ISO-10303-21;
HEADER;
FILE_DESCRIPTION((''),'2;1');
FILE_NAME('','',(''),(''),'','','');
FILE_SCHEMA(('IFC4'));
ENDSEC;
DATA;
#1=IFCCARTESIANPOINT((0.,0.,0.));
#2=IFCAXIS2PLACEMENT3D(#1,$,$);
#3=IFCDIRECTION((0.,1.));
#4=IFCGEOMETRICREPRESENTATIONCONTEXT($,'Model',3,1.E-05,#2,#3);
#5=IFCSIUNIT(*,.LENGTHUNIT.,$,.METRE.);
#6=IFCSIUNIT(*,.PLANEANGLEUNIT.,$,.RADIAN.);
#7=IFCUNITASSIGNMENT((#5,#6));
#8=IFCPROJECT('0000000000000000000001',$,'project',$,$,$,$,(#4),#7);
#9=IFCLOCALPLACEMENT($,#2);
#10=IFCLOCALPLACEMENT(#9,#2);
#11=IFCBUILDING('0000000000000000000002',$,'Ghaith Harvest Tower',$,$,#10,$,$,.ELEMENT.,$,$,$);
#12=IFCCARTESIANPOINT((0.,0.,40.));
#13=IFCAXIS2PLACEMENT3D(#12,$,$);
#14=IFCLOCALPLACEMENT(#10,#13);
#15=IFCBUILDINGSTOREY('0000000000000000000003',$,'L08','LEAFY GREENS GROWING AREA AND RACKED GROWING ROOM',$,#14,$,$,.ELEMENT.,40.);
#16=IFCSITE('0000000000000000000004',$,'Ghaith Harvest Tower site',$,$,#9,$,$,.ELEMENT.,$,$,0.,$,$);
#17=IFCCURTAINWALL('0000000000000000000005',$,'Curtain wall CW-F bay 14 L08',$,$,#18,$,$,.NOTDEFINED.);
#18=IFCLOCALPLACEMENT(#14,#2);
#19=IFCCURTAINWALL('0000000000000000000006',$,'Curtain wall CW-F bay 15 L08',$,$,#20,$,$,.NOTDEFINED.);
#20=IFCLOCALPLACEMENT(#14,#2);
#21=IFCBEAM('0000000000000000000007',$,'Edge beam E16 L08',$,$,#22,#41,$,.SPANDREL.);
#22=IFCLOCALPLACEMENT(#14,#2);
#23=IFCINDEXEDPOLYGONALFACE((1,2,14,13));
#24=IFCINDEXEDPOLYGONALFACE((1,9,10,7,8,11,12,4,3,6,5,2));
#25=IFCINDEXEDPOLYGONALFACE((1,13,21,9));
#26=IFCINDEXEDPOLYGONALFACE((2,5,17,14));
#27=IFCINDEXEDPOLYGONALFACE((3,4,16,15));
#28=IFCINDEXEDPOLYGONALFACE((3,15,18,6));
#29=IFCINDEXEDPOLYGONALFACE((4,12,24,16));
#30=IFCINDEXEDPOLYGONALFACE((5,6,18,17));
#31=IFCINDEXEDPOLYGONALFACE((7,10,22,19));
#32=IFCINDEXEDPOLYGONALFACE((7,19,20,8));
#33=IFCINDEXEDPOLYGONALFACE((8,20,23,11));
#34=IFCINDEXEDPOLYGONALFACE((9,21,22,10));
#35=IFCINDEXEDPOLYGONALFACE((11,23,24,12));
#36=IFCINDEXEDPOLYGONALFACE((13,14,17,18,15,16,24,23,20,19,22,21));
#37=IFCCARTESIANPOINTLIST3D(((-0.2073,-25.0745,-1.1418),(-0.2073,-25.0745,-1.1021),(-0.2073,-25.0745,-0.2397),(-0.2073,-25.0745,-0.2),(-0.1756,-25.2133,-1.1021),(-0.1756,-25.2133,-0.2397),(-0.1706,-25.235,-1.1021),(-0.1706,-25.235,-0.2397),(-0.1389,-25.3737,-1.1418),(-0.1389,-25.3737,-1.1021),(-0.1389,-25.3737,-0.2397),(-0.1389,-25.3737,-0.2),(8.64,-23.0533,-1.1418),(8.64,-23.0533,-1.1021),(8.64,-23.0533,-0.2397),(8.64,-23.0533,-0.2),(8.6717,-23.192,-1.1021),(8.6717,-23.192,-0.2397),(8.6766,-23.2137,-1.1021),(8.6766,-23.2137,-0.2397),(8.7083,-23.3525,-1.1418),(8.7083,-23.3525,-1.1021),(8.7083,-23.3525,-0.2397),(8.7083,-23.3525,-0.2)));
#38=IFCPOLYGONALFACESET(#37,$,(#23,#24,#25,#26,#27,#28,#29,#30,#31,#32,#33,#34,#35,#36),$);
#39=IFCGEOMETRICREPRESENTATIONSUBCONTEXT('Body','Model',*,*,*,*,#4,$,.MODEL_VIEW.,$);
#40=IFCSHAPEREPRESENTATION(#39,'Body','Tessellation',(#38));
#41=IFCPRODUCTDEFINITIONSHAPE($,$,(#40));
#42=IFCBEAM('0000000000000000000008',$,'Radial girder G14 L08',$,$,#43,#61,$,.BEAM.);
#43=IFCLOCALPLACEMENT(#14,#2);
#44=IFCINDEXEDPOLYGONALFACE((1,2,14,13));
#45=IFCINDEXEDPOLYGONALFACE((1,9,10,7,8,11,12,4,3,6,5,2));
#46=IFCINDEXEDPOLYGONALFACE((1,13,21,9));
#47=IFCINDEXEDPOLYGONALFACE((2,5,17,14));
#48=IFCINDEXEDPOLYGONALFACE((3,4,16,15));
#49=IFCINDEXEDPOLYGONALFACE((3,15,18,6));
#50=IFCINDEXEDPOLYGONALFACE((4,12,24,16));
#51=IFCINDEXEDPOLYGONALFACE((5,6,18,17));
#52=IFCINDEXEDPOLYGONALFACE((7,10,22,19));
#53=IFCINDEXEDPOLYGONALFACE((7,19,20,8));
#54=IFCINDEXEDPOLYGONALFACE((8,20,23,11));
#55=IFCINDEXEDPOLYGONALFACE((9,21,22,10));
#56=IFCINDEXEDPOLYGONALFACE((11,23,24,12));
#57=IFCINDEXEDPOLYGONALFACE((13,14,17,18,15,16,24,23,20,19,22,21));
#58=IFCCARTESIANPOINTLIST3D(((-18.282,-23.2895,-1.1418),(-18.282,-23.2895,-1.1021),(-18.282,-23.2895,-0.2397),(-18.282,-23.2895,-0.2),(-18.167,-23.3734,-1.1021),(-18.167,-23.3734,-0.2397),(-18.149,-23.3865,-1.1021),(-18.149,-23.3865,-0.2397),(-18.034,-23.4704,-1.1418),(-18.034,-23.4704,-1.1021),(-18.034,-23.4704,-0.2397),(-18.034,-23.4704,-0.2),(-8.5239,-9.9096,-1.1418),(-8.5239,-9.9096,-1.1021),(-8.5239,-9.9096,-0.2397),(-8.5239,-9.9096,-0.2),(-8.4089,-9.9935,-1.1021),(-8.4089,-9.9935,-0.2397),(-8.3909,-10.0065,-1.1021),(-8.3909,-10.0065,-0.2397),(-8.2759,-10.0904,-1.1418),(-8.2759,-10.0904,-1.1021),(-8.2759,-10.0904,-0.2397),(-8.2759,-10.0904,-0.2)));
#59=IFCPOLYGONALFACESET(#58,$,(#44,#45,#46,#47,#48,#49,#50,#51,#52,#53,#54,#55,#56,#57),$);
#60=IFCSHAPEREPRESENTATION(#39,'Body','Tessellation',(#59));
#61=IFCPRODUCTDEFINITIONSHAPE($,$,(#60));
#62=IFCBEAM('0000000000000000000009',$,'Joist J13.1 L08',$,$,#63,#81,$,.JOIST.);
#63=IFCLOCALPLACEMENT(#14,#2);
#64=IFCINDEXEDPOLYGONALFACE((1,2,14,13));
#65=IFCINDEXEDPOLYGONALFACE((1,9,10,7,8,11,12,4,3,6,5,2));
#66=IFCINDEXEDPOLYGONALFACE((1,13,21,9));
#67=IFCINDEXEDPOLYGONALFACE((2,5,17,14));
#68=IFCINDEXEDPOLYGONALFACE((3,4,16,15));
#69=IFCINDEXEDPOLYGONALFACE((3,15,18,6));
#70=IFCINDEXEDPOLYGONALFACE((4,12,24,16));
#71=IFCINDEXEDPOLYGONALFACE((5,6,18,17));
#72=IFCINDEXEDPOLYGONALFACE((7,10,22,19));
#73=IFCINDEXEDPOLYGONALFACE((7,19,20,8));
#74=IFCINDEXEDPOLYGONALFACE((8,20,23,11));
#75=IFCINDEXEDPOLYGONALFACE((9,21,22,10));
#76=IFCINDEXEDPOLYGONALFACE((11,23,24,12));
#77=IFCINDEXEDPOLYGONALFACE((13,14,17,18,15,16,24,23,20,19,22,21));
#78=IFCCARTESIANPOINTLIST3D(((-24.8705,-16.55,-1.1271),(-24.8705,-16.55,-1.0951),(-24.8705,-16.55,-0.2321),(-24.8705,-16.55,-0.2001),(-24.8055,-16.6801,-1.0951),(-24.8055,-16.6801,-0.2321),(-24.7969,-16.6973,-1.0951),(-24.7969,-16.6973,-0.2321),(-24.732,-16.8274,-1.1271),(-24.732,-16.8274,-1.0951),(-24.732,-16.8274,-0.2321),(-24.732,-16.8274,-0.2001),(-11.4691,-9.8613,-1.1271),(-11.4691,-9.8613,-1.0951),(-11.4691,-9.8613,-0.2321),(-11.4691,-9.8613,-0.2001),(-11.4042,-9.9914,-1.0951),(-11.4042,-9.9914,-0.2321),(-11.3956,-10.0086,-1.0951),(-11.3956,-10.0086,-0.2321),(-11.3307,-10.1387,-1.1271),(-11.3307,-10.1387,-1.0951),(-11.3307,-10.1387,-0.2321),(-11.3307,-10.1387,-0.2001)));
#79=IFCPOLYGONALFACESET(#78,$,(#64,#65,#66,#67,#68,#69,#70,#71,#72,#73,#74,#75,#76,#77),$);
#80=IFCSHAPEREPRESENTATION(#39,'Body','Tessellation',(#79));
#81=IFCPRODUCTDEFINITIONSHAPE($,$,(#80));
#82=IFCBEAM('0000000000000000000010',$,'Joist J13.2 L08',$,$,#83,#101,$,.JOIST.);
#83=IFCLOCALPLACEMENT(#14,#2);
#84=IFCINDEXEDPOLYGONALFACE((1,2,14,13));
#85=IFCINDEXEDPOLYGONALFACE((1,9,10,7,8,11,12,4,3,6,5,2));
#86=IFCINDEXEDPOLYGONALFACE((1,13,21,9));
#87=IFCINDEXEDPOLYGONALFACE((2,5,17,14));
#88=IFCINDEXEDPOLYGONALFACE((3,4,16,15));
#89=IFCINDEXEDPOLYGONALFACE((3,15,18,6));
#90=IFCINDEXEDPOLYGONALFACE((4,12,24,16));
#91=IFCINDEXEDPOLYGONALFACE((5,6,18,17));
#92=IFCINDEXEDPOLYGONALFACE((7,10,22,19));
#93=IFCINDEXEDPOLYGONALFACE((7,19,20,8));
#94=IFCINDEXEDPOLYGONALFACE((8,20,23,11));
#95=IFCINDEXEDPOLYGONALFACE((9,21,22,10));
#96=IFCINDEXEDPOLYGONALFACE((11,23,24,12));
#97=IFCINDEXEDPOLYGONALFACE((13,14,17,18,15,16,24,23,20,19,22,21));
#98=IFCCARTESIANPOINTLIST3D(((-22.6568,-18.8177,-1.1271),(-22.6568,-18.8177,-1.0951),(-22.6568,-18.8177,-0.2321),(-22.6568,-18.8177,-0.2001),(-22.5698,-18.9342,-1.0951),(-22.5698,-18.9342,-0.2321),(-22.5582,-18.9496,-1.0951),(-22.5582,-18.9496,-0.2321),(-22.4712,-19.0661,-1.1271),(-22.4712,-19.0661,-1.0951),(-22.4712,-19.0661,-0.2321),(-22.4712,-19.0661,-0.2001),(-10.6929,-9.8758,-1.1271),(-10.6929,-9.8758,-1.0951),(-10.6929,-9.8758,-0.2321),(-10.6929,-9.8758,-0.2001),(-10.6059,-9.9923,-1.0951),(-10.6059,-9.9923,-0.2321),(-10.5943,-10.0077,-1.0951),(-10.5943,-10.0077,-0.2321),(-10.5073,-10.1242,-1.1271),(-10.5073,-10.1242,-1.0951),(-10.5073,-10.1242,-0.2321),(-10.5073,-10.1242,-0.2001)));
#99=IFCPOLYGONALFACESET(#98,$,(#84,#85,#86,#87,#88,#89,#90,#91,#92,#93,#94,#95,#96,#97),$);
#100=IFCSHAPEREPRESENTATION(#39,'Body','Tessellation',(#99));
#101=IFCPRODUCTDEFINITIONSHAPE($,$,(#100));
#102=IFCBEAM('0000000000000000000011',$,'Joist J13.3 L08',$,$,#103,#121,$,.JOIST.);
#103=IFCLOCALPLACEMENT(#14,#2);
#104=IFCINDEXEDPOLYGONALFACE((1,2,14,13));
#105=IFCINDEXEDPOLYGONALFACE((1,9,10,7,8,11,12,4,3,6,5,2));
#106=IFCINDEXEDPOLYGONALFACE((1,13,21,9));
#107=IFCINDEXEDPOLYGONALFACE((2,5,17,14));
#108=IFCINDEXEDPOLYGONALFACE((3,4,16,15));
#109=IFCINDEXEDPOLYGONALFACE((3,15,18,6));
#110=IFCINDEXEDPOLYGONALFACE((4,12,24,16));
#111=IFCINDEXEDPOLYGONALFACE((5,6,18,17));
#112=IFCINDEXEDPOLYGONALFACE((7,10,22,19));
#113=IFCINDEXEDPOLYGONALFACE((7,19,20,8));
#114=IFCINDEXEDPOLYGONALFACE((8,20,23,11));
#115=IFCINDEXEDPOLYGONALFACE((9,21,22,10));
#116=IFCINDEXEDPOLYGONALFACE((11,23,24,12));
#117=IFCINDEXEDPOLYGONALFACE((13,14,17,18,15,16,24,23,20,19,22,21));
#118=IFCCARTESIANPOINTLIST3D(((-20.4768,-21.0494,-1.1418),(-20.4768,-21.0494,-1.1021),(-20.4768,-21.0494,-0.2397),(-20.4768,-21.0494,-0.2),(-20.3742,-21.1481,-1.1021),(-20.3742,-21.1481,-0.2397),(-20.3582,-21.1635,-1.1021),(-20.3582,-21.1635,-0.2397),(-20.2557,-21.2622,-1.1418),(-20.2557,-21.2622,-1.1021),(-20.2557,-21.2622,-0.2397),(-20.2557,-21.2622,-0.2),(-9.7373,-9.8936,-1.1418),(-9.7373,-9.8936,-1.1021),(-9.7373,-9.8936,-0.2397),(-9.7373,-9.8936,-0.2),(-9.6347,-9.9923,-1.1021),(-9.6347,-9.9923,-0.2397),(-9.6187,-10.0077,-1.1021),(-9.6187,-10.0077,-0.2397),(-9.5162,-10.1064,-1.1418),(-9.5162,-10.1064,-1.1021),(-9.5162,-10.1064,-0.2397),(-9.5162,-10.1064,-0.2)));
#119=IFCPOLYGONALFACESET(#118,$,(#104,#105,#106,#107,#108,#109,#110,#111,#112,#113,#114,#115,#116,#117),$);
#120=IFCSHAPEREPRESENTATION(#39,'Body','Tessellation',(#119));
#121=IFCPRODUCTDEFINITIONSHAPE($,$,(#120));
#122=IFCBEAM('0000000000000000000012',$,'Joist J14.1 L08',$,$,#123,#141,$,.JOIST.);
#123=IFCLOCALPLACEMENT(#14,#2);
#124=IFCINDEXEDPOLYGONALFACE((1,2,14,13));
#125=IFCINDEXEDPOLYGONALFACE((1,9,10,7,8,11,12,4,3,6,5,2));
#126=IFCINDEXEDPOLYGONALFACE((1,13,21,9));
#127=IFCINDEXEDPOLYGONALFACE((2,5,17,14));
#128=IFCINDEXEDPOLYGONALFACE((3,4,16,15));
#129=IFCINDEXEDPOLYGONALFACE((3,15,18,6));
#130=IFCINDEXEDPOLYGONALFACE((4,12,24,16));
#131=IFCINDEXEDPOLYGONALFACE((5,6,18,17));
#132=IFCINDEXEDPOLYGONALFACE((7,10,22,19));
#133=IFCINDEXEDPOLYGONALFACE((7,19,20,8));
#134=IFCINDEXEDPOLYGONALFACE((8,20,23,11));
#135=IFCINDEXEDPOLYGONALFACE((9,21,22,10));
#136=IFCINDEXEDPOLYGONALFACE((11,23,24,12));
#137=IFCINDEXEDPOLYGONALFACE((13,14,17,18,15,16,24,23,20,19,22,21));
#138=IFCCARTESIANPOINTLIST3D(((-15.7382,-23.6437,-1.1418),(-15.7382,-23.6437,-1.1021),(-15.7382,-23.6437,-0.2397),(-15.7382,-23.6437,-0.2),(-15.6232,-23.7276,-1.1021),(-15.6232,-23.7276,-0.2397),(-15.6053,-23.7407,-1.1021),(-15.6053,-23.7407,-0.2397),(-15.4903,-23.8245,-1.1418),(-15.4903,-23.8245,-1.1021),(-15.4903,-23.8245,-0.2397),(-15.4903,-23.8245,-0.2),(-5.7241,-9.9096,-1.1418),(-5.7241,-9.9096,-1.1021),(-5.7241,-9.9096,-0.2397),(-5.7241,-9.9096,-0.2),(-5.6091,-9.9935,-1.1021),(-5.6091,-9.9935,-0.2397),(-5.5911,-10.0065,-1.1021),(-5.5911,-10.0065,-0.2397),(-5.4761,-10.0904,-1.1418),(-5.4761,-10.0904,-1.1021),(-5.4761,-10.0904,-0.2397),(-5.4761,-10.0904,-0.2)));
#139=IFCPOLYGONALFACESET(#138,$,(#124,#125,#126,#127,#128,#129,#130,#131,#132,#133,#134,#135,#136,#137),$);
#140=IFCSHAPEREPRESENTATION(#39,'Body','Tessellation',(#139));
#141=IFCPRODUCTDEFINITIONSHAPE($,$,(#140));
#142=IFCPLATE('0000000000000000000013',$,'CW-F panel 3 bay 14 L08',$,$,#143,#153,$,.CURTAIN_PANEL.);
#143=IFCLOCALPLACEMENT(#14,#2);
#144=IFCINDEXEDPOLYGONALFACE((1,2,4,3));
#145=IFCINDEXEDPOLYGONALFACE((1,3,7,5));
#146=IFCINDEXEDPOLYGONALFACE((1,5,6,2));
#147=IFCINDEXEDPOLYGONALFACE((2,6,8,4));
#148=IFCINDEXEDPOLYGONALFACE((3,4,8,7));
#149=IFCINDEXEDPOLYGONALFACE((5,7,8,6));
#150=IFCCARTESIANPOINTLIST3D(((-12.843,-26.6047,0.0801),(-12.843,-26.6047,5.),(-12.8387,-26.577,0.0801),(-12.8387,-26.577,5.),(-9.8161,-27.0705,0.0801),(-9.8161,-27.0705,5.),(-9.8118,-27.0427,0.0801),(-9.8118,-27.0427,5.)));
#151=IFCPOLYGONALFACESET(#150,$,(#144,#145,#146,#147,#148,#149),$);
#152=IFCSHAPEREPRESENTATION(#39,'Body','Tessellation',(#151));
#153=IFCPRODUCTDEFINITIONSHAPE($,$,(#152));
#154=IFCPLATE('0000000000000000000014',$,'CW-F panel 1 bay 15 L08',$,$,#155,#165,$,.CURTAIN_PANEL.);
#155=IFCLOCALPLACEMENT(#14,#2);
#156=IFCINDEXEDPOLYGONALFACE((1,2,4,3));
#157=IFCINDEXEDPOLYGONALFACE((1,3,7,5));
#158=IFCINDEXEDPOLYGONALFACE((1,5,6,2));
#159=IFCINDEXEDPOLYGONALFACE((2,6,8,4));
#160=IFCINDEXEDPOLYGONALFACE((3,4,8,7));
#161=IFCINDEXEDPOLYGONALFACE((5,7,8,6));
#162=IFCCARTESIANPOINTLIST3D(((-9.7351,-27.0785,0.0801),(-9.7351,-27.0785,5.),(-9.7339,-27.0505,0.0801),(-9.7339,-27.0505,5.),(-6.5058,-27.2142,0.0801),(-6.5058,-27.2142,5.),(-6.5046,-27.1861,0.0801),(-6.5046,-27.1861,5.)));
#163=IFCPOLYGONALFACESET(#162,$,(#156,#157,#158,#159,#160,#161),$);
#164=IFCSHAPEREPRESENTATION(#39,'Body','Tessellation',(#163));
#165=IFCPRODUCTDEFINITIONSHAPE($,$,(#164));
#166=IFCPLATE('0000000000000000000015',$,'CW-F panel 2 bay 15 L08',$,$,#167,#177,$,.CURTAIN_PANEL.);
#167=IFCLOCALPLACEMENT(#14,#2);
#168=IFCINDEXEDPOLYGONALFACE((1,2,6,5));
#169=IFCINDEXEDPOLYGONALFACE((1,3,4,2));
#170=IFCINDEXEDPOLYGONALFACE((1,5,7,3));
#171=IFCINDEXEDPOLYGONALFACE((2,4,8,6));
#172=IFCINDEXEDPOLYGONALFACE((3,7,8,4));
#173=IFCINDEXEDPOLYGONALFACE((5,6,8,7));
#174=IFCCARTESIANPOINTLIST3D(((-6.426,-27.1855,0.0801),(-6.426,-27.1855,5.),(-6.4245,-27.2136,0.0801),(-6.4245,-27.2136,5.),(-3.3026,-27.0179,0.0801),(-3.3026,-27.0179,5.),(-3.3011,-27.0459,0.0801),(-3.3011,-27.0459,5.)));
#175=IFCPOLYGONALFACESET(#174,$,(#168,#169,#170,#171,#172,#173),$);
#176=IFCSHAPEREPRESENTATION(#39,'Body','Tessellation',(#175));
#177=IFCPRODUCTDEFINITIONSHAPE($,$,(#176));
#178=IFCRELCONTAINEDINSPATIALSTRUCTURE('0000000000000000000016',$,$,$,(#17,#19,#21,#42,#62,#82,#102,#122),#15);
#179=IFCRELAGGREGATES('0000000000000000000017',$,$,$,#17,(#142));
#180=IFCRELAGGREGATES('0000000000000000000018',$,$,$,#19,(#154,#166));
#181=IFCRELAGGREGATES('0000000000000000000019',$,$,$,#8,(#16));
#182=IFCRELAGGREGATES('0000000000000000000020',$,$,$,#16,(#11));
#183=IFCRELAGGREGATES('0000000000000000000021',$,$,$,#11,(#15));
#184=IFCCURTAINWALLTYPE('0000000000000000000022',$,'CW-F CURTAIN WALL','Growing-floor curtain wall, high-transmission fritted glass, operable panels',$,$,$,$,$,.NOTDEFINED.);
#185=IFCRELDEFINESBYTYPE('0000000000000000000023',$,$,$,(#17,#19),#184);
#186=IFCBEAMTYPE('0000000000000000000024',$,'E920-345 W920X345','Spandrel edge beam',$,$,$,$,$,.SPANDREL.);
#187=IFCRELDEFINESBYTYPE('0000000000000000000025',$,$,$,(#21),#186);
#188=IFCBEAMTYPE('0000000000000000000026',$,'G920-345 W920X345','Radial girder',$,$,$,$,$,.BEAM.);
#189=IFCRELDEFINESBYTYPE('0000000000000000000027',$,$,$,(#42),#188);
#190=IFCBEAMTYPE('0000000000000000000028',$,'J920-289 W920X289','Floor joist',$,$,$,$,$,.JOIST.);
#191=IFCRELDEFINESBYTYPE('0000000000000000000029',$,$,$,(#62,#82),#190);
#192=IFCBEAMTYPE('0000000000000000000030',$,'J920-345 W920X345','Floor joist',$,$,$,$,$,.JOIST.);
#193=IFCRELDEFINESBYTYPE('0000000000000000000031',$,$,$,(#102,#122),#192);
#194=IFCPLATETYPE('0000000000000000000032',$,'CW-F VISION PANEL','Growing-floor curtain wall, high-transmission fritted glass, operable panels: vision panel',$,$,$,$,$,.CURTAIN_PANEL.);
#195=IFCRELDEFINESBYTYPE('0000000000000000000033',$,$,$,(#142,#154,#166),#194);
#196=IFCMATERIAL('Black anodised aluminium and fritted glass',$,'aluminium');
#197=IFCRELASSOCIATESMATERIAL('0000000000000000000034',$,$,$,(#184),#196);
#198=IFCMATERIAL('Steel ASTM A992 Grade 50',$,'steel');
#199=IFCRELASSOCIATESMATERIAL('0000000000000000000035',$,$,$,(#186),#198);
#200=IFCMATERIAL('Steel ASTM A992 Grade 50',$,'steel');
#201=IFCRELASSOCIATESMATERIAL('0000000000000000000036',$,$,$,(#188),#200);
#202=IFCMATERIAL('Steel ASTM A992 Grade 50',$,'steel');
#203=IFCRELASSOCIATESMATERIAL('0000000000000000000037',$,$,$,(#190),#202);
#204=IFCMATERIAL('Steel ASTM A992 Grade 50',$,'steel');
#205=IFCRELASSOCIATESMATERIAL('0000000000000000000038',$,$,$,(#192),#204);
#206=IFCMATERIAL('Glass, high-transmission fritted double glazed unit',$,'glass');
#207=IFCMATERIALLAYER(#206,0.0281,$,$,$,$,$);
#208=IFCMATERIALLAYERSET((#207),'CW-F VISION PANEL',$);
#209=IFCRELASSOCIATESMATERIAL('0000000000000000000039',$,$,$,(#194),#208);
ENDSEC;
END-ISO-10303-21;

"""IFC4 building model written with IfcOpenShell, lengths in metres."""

from ifc_helpers import new_model, si_unit, direction, frame, origin, origin_2d, place, context, subcontext, project, spatial, rectangle, i_section, extrude, material, layer, layer_set, material_profile, profile_set, type_object, element, aggregate, save


model = new_model("IFC4")

# Units and contexts
model_context = context("Model", 3, precision=1e-05, world=origin(), true_north=direction((0.0, 1.0)))
body_context = subcontext(model_context, "Body", "Model", "MODEL_VIEW")
ifc_project = project(units=[si_unit("LENGTHUNIT", "METRE"), si_unit("PLANEANGLEUNIT", "RADIAN")], contexts=[model_context])

# Site, building, storey
site_placement = place(None, origin())
site = spatial("IfcSite", under=ifc_project, at=site_placement, Name="Ghaith Harvest Tower site", CompositionType="ELEMENT", RefElevation=0.0)
building_placement = place(site_placement, origin())
building = spatial("IfcBuilding", under=site, at=building_placement, Name="Ghaith Harvest Tower", CompositionType="ELEMENT")
storey_placement = place(building_placement, frame((0.0, 0.0, 40.0)))
storey = spatial("IfcBuildingStorey", under=building, at=storey_placement, Name="L08", Description="LEAFY GREENS GROWING AREA AND RACKED GROWING ROOM", CompositionType="ELEMENT", Elevation=40.0)

# Curtain wall
ifc_material_1 = material(Name="Black anodised aluminium and fritted glass", Category="aluminium")
curtain_wall_type = type_object("IfcCurtainWallType", Name="CW-F CURTAIN WALL", Description="Growing-floor curtain wall, high-transmission fritted glass, operable panels", PredefinedType="NOTDEFINED", material=ifc_material_1)
curtain_wall_1_placement = place(storey_placement, origin())
curtain_wall_1 = element("IfcCurtainWall", 1, at=curtain_wall_1_placement, inside=storey, type_object=curtain_wall_type, Name="Curtain wall CW-F bay 14 L08", PredefinedType="NOTDEFINED")

# Curtain wall
curtain_wall_2_placement = place(storey_placement, origin())
curtain_wall_2 = element("IfcCurtainWall", 2, at=curtain_wall_2_placement, inside=storey, type_object=curtain_wall_type, Name="Curtain wall CW-F bay 15 L08", PredefinedType="NOTDEFINED")

# Beams
ifc_material_2 = material(Name="Steel ASTM A992 Grade 50", Category="steel")
ifc_material_profile_1 = material_profile(ifc_material_2, i_section(OverallWidth=0.3069, OverallDepth=0.9419, WebThickness=0.0222, FlangeThickness=0.0398, at=origin_2d()), Name="W920X345")
ifc_profile_set_1 = profile_set([ifc_material_profile_1], Name="Steel ASTM A992 Grade 50")
beam_type_1 = type_object("IfcBeamType", Name="E920-345 W920X345", Description="Spandrel edge beam", PredefinedType="SPANDREL", material=ifc_profile_set_1)
beam_1_placement = place(storey_placement, frame((-0.1731, -25.2241, -0.6709), z_axis=(0.974882, 0.222723, 0.0), x_axis=(-0.222723, 0.974882, 0.0)))
element("IfcBeam", 3, at=beam_1_placement, inside=storey, type_object=beam_type_1, Name="Edge beam E16 L08", PredefinedType="SPANDREL", context=body_context, shape_type="SweptSolid", body=[
    extrude(i_section(OverallWidth=0.3069, OverallDepth=0.9419, WebThickness=0.0222, FlangeThickness=0.0398, at=origin_2d()), origin(), (0.0, 0.0, 1.0), 9.0752),
])
ifc_material_3 = material(Name="Steel ASTM A992 Grade 50", Category="steel")
ifc_material_profile_2 = material_profile(ifc_material_3, i_section(OverallWidth=0.3069, OverallDepth=0.9419, WebThickness=0.0222, FlangeThickness=0.0398, at=origin_2d()), Name="W920X345")
ifc_profile_set_2 = profile_set([ifc_material_profile_2], Name="Steel ASTM A992 Grade 50")
beam_type_2 = type_object("IfcBeamType", Name="G920-345 W920X345", Description="Radial girder", PredefinedType="BEAM", material=ifc_profile_set_2)
beam_2_placement = place(storey_placement, frame((-8.3999, -10.0, -0.6709), z_axis=(-0.589247, -0.807953, 0.0), x_axis=(0.807953, -0.589247, 0.0)))
element("IfcBeam", 4, at=beam_2_placement, inside=storey, type_object=beam_type_2, Name="Radial girder G14 L08", PredefinedType="BEAM", context=body_context, shape_type="SweptSolid", body=[
    extrude(i_section(OverallWidth=0.3069, OverallDepth=0.9419, WebThickness=0.0222, FlangeThickness=0.0398, at=origin_2d()), origin(), (0.0, 0.0, 1.0), 16.5603),
])
ifc_material_4 = material(Name="Steel ASTM A992 Grade 50", Category="steel")
ifc_material_profile_3 = material_profile(ifc_material_4, i_section(OverallWidth=0.3101, OverallDepth=0.927, WebThickness=0.0193, FlangeThickness=0.032, at=origin_2d()), Name="W920X289")
ifc_profile_set_3 = profile_set([ifc_material_profile_3], Name="Steel ASTM A992 Grade 50")
beam_type_3 = type_object("IfcBeamType", Name="J920-289 W920X289", Description="Floor joist", PredefinedType="JOIST", material=ifc_profile_set_3)
beam_3_placement = place(storey_placement, frame((-11.3999, -10.0, -0.6636), z_axis=(-0.894746, -0.446575, 0.0), x_axis=(0.446575, -0.894746, 0.0)))
element("IfcBeam", 5, at=beam_3_placement, inside=storey, type_object=beam_type_3, Name="Joist J13.1 L08", PredefinedType="JOIST", context=body_context, shape_type="SweptSolid", body=[
    extrude(i_section(OverallWidth=0.3101, OverallDepth=0.927, WebThickness=0.0193, FlangeThickness=0.032, at=origin_2d()), origin(), (0.0, 0.0, 1.0), 14.9778),
])
beam_4_placement = place(storey_placement, frame((-10.6001, -10.0, -0.6636), z_axis=(-0.800995, -0.598671, 0.0), x_axis=(0.598671, -0.800995, 0.0)))
element("IfcBeam", 6, at=beam_4_placement, inside=storey, type_object=beam_type_3, Name="Joist J13.2 L08", PredefinedType="JOIST", context=body_context, shape_type="SweptSolid", body=[
    extrude(i_section(OverallWidth=0.3101, OverallDepth=0.927, WebThickness=0.0193, FlangeThickness=0.032, at=origin_2d()), origin(), (0.0, 0.0, 1.0), 14.9363),
])
ifc_material_5 = material(Name="Steel ASTM A992 Grade 50", Category="steel")
ifc_material_profile_4 = material_profile(ifc_material_5, i_section(OverallWidth=0.3069, OverallDepth=0.9419, WebThickness=0.0222, FlangeThickness=0.0398, at=origin_2d()), Name="W920X345")
ifc_profile_set_4 = profile_set([ifc_material_profile_4], Name="Steel ASTM A992 Grade 50")
beam_type_4 = type_object("IfcBeamType", Name="J920-345 W920X345", Description="Floor joist", PredefinedType="JOIST", material=ifc_profile_set_4)
beam_5_placement = place(storey_placement, frame((-9.6267, -10.0, -0.6709), z_axis=(-0.693538, -0.72042, 0.0), x_axis=(0.72042, -0.693538, 0.0)))
element("IfcBeam", 7, at=beam_5_placement, inside=storey, type_object=beam_type_4, Name="Joist J13.3 L08", PredefinedType="JOIST", context=body_context, shape_type="SweptSolid", body=[
    extrude(i_section(OverallWidth=0.3069, OverallDepth=0.9419, WebThickness=0.0222, FlangeThickness=0.0398, at=origin_2d()), origin(), (0.0, 0.0, 1.0), 15.4851),
])
beam_6_placement = place(storey_placement, frame((-5.6001, -10.0, -0.6709), z_axis=(-0.58916, -0.808016, 0.0), x_axis=(0.808016, -0.58916, 0.0)))
element("IfcBeam", 8, at=beam_6_placement, inside=storey, type_object=beam_type_4, Name="Joist J14.1 L08", PredefinedType="JOIST", context=body_context, shape_type="SweptSolid", body=[
    extrude(i_section(OverallWidth=0.3069, OverallDepth=0.9419, WebThickness=0.0222, FlangeThickness=0.0398, at=origin_2d()), origin(), (0.0, 0.0, 1.0), 16.9973),
])

# Plates
ifc_material_6 = material(Name="Glass, high-transmission fritted double glazed unit", Category="glass")
ifc_layer_1 = layer(ifc_material_6, 0.0281)
ifc_layer_set_1 = layer_set([ifc_layer_1], Name="CW-F VISION PANEL")
plate_type = type_object("IfcPlateType", Name="CW-F VISION PANEL", Description="Growing-floor curtain wall, high-transmission fritted glass, operable panels: vision panel", PredefinedType="CURTAIN_PANEL", material=ifc_layer_set_1)
plate_1_placement = place(storey_placement, frame((-11.3274, -26.8237, 0.0801), z_axis=(0.0, 0.0, 1.0), x_axis=(0.98837, -0.152069, 0.0)))
plate_1 = element("IfcPlate", 9, at=plate_1_placement, type_object=plate_type, Name="CW-F panel 3 bay 14 L08", PredefinedType="CURTAIN_PANEL", context=body_context, shape_type="SweptSolid", body=[
    extrude(rectangle(XDim=3.0625, YDim=0.0281, at=origin_2d()), origin(), (0.0, 0.0, 1.0), 4.9199),
])
aggregate(curtain_wall_1, [plate_1])
plate_2_placement = place(storey_placement, frame((-8.1199, -27.1323, 0.0801), z_axis=(0.0, 0.0, 1.0), x_axis=(0.999119, -0.041967, 0.0)))
plate_2 = element("IfcPlate", 10, at=plate_2_placement, type_object=plate_type, Name="CW-F panel 1 bay 15 L08", PredefinedType="CURTAIN_PANEL", context=body_context, shape_type="SweptSolid", body=[
    extrude(rectangle(XDim=3.2322, YDim=0.0281, at=origin_2d()), origin(), (0.0, 0.0, 1.0), 4.9199),
])
plate_3_placement = place(storey_placement, frame((-4.8635, -27.1157, 0.0801), z_axis=(0.0, 0.0, 1.0), x_axis=(0.998563, 0.0536, 0.0)))
plate_3 = element("IfcPlate", 11, at=plate_3_placement, type_object=plate_type, Name="CW-F panel 2 bay 15 L08", PredefinedType="CURTAIN_PANEL", context=body_context, shape_type="SweptSolid", body=[
    extrude(rectangle(XDim=3.1279, YDim=0.0281, at=origin_2d()), origin(), (0.0, 0.0, 1.0), 4.9199),
])
aggregate(curtain_wall_2, [plate_2, plate_3])

save(model, "model.ifc")
